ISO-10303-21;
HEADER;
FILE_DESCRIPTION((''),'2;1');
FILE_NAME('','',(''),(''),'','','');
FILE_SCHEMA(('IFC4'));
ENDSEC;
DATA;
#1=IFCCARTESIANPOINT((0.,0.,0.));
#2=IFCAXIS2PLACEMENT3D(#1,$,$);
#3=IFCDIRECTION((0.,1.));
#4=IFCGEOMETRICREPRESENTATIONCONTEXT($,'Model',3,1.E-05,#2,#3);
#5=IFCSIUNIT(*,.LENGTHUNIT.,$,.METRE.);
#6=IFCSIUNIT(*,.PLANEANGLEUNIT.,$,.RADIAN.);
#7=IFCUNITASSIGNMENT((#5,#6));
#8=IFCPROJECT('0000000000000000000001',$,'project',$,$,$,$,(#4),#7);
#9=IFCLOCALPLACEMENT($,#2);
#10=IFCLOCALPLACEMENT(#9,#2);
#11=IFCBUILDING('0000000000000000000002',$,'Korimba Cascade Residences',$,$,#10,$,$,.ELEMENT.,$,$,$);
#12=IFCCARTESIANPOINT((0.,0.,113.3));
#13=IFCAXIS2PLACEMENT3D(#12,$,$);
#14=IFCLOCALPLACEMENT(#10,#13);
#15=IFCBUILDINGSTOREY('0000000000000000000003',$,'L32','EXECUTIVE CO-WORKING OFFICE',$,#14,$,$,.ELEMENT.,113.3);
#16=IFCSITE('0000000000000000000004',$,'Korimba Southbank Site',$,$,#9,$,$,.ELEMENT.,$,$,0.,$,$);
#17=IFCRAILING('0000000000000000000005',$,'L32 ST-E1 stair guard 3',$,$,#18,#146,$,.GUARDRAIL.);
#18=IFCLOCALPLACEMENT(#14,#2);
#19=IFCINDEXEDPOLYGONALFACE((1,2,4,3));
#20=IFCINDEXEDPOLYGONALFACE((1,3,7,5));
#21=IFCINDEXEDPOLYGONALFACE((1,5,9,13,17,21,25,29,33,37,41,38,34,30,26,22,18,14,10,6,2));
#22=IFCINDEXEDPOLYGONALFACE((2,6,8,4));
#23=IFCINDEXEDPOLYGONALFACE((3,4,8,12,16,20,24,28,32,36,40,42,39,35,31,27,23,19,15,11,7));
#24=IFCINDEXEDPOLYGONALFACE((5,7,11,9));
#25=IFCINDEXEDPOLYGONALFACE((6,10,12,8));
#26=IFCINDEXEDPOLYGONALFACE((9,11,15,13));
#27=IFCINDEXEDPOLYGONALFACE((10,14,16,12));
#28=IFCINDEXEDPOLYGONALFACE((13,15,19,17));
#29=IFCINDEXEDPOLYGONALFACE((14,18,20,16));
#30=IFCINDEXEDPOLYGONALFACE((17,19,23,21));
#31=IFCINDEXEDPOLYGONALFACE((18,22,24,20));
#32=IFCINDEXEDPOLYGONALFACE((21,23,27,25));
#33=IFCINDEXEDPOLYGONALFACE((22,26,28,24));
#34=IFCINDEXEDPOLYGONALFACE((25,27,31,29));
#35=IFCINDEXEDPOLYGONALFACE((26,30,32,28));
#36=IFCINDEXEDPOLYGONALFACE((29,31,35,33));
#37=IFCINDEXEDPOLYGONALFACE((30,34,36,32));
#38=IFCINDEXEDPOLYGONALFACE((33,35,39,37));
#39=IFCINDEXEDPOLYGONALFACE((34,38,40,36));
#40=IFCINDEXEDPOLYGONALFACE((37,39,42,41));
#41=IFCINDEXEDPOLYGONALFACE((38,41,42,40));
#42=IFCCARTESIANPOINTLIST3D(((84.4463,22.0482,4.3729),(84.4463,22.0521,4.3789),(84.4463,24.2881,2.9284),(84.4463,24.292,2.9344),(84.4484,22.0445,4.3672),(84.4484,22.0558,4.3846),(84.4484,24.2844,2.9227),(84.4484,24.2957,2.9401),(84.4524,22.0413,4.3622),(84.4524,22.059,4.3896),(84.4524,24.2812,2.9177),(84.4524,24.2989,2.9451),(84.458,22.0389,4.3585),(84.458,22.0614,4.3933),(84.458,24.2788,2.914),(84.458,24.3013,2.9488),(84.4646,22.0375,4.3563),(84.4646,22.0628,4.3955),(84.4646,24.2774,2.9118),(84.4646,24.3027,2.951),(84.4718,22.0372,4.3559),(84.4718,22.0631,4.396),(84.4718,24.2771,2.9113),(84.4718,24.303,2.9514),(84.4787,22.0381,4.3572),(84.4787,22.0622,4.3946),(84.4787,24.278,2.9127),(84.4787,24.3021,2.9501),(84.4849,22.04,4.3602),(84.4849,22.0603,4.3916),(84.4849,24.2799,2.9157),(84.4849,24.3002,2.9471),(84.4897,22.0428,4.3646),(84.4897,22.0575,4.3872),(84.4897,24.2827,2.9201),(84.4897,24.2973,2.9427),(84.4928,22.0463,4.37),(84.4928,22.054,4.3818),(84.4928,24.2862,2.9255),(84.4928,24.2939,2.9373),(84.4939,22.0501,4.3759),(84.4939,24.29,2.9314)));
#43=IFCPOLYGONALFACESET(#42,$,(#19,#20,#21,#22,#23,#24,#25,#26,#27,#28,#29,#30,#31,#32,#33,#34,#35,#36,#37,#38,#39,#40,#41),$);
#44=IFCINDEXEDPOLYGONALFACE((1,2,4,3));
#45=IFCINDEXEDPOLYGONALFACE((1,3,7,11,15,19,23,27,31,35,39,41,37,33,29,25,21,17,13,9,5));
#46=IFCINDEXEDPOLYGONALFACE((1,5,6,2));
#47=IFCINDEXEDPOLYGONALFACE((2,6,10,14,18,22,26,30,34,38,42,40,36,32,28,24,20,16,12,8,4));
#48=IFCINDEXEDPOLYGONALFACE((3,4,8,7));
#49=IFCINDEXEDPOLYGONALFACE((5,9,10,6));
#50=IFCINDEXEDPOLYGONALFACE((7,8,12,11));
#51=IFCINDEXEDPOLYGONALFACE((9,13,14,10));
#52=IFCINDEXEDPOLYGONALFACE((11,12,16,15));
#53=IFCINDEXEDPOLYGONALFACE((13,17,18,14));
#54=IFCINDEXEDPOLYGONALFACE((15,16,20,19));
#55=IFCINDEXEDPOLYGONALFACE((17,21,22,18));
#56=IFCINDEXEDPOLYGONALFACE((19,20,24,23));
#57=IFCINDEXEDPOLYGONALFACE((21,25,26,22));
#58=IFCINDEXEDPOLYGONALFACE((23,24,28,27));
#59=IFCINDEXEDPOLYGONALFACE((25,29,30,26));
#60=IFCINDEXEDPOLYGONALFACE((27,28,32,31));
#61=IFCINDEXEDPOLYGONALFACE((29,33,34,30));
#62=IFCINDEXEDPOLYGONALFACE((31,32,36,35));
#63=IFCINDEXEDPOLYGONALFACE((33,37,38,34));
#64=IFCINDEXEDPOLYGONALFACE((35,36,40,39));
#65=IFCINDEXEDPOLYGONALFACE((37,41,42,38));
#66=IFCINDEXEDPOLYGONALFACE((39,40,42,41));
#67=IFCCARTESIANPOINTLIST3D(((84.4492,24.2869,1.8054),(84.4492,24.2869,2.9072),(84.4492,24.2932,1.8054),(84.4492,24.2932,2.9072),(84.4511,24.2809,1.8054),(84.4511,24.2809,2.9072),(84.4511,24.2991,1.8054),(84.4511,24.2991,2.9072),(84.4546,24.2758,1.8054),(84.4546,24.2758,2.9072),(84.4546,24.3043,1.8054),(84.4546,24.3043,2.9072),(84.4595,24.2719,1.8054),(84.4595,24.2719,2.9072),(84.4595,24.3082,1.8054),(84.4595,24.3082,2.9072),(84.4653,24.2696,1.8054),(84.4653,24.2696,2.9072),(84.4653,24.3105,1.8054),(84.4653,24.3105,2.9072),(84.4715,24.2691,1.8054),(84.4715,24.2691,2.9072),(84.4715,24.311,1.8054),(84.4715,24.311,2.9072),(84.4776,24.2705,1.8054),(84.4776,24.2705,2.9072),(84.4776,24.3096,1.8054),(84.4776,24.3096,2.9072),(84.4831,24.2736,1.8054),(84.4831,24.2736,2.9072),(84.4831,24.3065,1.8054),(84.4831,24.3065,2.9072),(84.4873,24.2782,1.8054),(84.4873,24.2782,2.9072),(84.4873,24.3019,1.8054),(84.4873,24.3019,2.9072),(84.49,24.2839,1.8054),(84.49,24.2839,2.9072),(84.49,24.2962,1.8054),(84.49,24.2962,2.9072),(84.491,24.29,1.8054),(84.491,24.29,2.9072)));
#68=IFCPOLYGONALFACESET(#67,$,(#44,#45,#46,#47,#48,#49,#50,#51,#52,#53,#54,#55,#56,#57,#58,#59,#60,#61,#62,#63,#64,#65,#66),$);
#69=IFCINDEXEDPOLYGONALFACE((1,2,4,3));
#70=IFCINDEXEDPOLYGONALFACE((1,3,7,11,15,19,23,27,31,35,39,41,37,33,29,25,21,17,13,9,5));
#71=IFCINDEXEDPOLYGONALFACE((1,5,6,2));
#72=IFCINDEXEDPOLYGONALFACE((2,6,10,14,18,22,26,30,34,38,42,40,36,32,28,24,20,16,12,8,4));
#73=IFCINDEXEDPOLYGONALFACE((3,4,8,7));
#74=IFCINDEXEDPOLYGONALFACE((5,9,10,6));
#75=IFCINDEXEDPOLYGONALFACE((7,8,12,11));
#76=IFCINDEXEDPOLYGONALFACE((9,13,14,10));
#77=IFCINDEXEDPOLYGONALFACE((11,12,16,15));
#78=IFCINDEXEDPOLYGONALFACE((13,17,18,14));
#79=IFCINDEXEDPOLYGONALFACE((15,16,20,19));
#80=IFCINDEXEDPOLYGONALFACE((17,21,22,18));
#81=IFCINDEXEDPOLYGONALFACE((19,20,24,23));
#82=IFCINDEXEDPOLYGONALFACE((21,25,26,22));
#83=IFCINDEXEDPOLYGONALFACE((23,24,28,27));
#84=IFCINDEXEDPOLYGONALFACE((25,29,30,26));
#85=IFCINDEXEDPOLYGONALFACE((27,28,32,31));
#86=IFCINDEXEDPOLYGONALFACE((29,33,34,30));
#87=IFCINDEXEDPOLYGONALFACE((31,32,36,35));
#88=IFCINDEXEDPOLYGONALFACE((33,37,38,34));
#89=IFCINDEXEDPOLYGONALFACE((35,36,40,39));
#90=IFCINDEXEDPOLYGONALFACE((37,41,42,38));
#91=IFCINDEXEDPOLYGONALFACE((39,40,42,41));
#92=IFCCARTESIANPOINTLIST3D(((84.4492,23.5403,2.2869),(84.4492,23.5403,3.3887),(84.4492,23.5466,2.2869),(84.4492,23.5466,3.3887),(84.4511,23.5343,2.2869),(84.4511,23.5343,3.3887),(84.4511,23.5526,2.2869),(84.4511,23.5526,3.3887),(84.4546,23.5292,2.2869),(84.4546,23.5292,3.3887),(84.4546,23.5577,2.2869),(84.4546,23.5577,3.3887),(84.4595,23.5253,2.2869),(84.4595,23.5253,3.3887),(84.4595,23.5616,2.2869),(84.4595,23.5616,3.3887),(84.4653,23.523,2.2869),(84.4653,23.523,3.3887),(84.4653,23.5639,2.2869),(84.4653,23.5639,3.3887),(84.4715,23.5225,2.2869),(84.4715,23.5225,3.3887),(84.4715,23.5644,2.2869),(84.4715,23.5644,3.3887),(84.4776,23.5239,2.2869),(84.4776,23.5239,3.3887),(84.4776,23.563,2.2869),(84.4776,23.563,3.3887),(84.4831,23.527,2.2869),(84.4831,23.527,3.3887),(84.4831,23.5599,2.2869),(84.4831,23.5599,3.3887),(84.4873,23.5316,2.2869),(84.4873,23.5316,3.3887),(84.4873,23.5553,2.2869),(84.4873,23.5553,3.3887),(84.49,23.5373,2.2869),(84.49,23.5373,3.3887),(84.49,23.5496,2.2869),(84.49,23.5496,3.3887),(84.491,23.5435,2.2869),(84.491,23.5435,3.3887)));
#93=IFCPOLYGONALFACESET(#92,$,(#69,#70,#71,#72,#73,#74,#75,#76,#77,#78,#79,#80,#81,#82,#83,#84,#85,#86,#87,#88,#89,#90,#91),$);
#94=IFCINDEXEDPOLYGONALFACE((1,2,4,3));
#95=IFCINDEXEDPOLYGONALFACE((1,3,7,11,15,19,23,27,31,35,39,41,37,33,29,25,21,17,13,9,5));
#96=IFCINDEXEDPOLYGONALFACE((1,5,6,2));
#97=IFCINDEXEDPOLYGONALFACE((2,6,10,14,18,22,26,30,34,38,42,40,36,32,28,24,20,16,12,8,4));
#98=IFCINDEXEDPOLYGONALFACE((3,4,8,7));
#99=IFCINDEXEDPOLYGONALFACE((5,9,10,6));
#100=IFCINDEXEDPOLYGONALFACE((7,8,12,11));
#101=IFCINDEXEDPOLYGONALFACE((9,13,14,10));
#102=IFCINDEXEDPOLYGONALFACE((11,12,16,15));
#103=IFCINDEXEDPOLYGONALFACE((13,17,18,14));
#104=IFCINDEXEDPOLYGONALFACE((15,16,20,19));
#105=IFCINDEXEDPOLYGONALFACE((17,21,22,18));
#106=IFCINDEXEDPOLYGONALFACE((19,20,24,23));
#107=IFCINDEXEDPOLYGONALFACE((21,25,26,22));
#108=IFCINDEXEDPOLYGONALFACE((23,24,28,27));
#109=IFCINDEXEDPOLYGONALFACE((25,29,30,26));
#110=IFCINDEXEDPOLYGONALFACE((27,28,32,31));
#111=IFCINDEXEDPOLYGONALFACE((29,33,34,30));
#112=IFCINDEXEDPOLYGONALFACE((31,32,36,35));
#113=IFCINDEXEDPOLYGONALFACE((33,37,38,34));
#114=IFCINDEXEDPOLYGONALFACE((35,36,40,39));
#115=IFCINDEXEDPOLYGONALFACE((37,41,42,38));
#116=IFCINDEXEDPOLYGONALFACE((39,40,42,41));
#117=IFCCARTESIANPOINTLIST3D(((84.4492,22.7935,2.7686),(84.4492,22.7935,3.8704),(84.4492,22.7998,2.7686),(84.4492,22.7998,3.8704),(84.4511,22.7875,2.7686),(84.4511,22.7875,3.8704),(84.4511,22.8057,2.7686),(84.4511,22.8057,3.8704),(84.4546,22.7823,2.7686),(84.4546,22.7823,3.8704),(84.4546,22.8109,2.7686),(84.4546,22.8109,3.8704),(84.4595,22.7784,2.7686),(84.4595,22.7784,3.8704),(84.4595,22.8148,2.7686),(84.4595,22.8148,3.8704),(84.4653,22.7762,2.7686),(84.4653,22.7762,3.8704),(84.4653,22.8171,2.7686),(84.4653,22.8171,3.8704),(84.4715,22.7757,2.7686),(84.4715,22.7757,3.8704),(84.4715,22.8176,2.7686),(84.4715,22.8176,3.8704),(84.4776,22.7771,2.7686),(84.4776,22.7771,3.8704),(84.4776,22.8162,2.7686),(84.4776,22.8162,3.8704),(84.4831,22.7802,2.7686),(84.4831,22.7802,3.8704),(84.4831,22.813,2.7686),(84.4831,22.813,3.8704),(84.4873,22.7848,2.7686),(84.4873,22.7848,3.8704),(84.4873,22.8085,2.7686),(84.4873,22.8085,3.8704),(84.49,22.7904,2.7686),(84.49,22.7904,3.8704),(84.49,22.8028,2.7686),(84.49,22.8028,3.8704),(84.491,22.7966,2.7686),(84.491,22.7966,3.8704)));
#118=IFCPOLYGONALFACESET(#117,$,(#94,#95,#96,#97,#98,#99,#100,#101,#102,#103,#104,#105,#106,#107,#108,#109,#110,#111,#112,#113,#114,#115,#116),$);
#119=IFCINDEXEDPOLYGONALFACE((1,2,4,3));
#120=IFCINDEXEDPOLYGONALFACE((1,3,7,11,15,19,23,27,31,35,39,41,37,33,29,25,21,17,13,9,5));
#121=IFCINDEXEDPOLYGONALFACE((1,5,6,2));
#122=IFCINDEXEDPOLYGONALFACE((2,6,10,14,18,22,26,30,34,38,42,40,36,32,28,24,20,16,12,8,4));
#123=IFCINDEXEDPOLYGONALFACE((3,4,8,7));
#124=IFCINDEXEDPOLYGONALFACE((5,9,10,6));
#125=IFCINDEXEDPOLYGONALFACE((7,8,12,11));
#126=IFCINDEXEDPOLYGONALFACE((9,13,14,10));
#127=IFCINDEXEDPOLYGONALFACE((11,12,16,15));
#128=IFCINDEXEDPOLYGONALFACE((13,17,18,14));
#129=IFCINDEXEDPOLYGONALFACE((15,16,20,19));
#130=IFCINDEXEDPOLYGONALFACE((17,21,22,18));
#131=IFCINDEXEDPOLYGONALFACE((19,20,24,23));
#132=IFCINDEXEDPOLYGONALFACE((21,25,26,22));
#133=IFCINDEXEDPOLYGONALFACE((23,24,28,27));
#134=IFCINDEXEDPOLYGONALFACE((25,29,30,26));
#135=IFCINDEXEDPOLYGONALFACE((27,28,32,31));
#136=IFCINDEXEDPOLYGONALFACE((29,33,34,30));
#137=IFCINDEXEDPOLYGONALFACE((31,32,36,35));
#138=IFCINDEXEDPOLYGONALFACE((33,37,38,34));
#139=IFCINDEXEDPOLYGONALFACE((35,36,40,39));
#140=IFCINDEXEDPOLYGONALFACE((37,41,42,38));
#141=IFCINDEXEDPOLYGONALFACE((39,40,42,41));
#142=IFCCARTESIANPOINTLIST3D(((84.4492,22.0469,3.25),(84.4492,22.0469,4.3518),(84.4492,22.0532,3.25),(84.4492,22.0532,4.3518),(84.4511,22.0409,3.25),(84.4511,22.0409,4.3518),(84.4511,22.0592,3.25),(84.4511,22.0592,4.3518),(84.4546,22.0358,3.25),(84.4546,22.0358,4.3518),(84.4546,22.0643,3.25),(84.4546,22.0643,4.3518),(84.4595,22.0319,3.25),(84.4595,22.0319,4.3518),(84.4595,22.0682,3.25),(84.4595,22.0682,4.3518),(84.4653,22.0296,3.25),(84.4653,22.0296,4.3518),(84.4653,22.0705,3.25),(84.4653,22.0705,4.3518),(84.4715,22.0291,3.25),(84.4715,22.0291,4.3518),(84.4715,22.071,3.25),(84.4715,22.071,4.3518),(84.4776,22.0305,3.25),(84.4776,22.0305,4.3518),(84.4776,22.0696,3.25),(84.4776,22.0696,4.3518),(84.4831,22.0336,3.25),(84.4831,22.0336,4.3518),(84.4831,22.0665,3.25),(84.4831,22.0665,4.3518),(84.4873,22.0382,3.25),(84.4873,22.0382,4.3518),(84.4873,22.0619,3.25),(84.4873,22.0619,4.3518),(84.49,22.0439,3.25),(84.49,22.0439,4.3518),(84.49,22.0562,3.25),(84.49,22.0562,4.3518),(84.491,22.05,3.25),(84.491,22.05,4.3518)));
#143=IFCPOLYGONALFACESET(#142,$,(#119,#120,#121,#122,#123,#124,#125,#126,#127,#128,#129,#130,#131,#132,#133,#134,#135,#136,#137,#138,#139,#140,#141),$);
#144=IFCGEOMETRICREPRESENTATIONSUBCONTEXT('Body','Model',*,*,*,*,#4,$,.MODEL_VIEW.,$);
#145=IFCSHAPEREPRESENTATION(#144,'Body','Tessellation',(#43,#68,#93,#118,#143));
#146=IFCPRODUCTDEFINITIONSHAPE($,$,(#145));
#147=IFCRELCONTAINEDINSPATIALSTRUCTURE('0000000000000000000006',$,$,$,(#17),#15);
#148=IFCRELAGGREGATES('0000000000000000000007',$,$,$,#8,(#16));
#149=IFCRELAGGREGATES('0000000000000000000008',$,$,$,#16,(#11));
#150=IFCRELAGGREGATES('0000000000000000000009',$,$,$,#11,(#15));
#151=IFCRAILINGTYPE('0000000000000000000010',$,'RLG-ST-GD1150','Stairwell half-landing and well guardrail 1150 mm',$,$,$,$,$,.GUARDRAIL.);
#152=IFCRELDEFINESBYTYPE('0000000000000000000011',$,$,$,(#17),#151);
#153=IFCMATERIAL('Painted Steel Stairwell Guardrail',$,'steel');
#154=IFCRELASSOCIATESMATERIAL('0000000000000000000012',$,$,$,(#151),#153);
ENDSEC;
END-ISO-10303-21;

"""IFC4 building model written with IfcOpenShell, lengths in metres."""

from ifc_helpers import new_model, si_unit, direction, frame, origin, origin_2d, place, context, subcontext, project, spatial, circle, extrude, material, type_object, element, save


model = new_model("IFC4")

# Units and contexts
model_context = context("Model", 3, precision=1e-05, world=origin(), true_north=direction((0.0, 1.0)))
body_context = subcontext(model_context, "Body", "Model", "MODEL_VIEW")
ifc_project = project(units=[si_unit("LENGTHUNIT", "METRE"), si_unit("PLANEANGLEUNIT", "RADIAN")], contexts=[model_context])

# Site, building, storey
site_placement = place(None, origin())
site = spatial("IfcSite", under=ifc_project, at=site_placement, Name="Korimba Southbank Site", CompositionType="ELEMENT", RefElevation=0.0)
building_placement = place(site_placement, origin())
building = spatial("IfcBuilding", under=site, at=building_placement, Name="Korimba Cascade Residences", CompositionType="ELEMENT")
storey_placement = place(building_placement, frame((0.0, 0.0, 113.3)))
storey = spatial("IfcBuildingStorey", under=building, at=storey_placement, Name="L32", Description="EXECUTIVE CO-WORKING OFFICE", CompositionType="ELEMENT", Elevation=113.3)

# Railing
ifc_material_1 = material(Name="Painted Steel Stairwell Guardrail", Category="steel")
railing_type_1 = type_object("IfcRailingType", Name="RLG-ST-GD1150", Description="Stairwell half-landing and well guardrail 1150 mm", PredefinedType="GUARDRAIL", material=ifc_material_1)
railing_1_placement = place(storey_placement, frame((84.47, 24.29, 1.8054)))
element("IfcRailing", 1, at=railing_1_placement, inside=storey, type_object=railing_type_1, Name="L32 ST-E1 stair guard 3", PredefinedType="GUARDRAIL", context=body_context, shape_type="SweptSolid", body=[
    extrude(circle(Radius=0.0239, at=origin_2d()), frame((0.0, 0.0, 1.126), z_axis=(0.0, -0.840395, 0.541975), x_axis=(1.0, 0.0, 0.0)), (0.0, 0.0, 1.0), 2.6653),
    extrude(circle(Radius=0.021, at=origin_2d()), origin(), (0.0, 0.0, 1.0), 1.1018),
    extrude(circle(Radius=0.021, at=origin_2d()), frame((0.0, -0.7466, 0.4814)), (0.0, 0.0, 1.0), 1.1018),
    extrude(circle(Radius=0.021, at=origin_2d()), frame((0.0, -1.4934, 0.9631)), (0.0, 0.0, 1.0), 1.1018),
    extrude(circle(Radius=0.021, at=origin_2d()), frame((0.0, -2.24, 1.4446)), (0.0, 0.0, 1.0), 1.1018),
])

save(model, "model.ifc")
